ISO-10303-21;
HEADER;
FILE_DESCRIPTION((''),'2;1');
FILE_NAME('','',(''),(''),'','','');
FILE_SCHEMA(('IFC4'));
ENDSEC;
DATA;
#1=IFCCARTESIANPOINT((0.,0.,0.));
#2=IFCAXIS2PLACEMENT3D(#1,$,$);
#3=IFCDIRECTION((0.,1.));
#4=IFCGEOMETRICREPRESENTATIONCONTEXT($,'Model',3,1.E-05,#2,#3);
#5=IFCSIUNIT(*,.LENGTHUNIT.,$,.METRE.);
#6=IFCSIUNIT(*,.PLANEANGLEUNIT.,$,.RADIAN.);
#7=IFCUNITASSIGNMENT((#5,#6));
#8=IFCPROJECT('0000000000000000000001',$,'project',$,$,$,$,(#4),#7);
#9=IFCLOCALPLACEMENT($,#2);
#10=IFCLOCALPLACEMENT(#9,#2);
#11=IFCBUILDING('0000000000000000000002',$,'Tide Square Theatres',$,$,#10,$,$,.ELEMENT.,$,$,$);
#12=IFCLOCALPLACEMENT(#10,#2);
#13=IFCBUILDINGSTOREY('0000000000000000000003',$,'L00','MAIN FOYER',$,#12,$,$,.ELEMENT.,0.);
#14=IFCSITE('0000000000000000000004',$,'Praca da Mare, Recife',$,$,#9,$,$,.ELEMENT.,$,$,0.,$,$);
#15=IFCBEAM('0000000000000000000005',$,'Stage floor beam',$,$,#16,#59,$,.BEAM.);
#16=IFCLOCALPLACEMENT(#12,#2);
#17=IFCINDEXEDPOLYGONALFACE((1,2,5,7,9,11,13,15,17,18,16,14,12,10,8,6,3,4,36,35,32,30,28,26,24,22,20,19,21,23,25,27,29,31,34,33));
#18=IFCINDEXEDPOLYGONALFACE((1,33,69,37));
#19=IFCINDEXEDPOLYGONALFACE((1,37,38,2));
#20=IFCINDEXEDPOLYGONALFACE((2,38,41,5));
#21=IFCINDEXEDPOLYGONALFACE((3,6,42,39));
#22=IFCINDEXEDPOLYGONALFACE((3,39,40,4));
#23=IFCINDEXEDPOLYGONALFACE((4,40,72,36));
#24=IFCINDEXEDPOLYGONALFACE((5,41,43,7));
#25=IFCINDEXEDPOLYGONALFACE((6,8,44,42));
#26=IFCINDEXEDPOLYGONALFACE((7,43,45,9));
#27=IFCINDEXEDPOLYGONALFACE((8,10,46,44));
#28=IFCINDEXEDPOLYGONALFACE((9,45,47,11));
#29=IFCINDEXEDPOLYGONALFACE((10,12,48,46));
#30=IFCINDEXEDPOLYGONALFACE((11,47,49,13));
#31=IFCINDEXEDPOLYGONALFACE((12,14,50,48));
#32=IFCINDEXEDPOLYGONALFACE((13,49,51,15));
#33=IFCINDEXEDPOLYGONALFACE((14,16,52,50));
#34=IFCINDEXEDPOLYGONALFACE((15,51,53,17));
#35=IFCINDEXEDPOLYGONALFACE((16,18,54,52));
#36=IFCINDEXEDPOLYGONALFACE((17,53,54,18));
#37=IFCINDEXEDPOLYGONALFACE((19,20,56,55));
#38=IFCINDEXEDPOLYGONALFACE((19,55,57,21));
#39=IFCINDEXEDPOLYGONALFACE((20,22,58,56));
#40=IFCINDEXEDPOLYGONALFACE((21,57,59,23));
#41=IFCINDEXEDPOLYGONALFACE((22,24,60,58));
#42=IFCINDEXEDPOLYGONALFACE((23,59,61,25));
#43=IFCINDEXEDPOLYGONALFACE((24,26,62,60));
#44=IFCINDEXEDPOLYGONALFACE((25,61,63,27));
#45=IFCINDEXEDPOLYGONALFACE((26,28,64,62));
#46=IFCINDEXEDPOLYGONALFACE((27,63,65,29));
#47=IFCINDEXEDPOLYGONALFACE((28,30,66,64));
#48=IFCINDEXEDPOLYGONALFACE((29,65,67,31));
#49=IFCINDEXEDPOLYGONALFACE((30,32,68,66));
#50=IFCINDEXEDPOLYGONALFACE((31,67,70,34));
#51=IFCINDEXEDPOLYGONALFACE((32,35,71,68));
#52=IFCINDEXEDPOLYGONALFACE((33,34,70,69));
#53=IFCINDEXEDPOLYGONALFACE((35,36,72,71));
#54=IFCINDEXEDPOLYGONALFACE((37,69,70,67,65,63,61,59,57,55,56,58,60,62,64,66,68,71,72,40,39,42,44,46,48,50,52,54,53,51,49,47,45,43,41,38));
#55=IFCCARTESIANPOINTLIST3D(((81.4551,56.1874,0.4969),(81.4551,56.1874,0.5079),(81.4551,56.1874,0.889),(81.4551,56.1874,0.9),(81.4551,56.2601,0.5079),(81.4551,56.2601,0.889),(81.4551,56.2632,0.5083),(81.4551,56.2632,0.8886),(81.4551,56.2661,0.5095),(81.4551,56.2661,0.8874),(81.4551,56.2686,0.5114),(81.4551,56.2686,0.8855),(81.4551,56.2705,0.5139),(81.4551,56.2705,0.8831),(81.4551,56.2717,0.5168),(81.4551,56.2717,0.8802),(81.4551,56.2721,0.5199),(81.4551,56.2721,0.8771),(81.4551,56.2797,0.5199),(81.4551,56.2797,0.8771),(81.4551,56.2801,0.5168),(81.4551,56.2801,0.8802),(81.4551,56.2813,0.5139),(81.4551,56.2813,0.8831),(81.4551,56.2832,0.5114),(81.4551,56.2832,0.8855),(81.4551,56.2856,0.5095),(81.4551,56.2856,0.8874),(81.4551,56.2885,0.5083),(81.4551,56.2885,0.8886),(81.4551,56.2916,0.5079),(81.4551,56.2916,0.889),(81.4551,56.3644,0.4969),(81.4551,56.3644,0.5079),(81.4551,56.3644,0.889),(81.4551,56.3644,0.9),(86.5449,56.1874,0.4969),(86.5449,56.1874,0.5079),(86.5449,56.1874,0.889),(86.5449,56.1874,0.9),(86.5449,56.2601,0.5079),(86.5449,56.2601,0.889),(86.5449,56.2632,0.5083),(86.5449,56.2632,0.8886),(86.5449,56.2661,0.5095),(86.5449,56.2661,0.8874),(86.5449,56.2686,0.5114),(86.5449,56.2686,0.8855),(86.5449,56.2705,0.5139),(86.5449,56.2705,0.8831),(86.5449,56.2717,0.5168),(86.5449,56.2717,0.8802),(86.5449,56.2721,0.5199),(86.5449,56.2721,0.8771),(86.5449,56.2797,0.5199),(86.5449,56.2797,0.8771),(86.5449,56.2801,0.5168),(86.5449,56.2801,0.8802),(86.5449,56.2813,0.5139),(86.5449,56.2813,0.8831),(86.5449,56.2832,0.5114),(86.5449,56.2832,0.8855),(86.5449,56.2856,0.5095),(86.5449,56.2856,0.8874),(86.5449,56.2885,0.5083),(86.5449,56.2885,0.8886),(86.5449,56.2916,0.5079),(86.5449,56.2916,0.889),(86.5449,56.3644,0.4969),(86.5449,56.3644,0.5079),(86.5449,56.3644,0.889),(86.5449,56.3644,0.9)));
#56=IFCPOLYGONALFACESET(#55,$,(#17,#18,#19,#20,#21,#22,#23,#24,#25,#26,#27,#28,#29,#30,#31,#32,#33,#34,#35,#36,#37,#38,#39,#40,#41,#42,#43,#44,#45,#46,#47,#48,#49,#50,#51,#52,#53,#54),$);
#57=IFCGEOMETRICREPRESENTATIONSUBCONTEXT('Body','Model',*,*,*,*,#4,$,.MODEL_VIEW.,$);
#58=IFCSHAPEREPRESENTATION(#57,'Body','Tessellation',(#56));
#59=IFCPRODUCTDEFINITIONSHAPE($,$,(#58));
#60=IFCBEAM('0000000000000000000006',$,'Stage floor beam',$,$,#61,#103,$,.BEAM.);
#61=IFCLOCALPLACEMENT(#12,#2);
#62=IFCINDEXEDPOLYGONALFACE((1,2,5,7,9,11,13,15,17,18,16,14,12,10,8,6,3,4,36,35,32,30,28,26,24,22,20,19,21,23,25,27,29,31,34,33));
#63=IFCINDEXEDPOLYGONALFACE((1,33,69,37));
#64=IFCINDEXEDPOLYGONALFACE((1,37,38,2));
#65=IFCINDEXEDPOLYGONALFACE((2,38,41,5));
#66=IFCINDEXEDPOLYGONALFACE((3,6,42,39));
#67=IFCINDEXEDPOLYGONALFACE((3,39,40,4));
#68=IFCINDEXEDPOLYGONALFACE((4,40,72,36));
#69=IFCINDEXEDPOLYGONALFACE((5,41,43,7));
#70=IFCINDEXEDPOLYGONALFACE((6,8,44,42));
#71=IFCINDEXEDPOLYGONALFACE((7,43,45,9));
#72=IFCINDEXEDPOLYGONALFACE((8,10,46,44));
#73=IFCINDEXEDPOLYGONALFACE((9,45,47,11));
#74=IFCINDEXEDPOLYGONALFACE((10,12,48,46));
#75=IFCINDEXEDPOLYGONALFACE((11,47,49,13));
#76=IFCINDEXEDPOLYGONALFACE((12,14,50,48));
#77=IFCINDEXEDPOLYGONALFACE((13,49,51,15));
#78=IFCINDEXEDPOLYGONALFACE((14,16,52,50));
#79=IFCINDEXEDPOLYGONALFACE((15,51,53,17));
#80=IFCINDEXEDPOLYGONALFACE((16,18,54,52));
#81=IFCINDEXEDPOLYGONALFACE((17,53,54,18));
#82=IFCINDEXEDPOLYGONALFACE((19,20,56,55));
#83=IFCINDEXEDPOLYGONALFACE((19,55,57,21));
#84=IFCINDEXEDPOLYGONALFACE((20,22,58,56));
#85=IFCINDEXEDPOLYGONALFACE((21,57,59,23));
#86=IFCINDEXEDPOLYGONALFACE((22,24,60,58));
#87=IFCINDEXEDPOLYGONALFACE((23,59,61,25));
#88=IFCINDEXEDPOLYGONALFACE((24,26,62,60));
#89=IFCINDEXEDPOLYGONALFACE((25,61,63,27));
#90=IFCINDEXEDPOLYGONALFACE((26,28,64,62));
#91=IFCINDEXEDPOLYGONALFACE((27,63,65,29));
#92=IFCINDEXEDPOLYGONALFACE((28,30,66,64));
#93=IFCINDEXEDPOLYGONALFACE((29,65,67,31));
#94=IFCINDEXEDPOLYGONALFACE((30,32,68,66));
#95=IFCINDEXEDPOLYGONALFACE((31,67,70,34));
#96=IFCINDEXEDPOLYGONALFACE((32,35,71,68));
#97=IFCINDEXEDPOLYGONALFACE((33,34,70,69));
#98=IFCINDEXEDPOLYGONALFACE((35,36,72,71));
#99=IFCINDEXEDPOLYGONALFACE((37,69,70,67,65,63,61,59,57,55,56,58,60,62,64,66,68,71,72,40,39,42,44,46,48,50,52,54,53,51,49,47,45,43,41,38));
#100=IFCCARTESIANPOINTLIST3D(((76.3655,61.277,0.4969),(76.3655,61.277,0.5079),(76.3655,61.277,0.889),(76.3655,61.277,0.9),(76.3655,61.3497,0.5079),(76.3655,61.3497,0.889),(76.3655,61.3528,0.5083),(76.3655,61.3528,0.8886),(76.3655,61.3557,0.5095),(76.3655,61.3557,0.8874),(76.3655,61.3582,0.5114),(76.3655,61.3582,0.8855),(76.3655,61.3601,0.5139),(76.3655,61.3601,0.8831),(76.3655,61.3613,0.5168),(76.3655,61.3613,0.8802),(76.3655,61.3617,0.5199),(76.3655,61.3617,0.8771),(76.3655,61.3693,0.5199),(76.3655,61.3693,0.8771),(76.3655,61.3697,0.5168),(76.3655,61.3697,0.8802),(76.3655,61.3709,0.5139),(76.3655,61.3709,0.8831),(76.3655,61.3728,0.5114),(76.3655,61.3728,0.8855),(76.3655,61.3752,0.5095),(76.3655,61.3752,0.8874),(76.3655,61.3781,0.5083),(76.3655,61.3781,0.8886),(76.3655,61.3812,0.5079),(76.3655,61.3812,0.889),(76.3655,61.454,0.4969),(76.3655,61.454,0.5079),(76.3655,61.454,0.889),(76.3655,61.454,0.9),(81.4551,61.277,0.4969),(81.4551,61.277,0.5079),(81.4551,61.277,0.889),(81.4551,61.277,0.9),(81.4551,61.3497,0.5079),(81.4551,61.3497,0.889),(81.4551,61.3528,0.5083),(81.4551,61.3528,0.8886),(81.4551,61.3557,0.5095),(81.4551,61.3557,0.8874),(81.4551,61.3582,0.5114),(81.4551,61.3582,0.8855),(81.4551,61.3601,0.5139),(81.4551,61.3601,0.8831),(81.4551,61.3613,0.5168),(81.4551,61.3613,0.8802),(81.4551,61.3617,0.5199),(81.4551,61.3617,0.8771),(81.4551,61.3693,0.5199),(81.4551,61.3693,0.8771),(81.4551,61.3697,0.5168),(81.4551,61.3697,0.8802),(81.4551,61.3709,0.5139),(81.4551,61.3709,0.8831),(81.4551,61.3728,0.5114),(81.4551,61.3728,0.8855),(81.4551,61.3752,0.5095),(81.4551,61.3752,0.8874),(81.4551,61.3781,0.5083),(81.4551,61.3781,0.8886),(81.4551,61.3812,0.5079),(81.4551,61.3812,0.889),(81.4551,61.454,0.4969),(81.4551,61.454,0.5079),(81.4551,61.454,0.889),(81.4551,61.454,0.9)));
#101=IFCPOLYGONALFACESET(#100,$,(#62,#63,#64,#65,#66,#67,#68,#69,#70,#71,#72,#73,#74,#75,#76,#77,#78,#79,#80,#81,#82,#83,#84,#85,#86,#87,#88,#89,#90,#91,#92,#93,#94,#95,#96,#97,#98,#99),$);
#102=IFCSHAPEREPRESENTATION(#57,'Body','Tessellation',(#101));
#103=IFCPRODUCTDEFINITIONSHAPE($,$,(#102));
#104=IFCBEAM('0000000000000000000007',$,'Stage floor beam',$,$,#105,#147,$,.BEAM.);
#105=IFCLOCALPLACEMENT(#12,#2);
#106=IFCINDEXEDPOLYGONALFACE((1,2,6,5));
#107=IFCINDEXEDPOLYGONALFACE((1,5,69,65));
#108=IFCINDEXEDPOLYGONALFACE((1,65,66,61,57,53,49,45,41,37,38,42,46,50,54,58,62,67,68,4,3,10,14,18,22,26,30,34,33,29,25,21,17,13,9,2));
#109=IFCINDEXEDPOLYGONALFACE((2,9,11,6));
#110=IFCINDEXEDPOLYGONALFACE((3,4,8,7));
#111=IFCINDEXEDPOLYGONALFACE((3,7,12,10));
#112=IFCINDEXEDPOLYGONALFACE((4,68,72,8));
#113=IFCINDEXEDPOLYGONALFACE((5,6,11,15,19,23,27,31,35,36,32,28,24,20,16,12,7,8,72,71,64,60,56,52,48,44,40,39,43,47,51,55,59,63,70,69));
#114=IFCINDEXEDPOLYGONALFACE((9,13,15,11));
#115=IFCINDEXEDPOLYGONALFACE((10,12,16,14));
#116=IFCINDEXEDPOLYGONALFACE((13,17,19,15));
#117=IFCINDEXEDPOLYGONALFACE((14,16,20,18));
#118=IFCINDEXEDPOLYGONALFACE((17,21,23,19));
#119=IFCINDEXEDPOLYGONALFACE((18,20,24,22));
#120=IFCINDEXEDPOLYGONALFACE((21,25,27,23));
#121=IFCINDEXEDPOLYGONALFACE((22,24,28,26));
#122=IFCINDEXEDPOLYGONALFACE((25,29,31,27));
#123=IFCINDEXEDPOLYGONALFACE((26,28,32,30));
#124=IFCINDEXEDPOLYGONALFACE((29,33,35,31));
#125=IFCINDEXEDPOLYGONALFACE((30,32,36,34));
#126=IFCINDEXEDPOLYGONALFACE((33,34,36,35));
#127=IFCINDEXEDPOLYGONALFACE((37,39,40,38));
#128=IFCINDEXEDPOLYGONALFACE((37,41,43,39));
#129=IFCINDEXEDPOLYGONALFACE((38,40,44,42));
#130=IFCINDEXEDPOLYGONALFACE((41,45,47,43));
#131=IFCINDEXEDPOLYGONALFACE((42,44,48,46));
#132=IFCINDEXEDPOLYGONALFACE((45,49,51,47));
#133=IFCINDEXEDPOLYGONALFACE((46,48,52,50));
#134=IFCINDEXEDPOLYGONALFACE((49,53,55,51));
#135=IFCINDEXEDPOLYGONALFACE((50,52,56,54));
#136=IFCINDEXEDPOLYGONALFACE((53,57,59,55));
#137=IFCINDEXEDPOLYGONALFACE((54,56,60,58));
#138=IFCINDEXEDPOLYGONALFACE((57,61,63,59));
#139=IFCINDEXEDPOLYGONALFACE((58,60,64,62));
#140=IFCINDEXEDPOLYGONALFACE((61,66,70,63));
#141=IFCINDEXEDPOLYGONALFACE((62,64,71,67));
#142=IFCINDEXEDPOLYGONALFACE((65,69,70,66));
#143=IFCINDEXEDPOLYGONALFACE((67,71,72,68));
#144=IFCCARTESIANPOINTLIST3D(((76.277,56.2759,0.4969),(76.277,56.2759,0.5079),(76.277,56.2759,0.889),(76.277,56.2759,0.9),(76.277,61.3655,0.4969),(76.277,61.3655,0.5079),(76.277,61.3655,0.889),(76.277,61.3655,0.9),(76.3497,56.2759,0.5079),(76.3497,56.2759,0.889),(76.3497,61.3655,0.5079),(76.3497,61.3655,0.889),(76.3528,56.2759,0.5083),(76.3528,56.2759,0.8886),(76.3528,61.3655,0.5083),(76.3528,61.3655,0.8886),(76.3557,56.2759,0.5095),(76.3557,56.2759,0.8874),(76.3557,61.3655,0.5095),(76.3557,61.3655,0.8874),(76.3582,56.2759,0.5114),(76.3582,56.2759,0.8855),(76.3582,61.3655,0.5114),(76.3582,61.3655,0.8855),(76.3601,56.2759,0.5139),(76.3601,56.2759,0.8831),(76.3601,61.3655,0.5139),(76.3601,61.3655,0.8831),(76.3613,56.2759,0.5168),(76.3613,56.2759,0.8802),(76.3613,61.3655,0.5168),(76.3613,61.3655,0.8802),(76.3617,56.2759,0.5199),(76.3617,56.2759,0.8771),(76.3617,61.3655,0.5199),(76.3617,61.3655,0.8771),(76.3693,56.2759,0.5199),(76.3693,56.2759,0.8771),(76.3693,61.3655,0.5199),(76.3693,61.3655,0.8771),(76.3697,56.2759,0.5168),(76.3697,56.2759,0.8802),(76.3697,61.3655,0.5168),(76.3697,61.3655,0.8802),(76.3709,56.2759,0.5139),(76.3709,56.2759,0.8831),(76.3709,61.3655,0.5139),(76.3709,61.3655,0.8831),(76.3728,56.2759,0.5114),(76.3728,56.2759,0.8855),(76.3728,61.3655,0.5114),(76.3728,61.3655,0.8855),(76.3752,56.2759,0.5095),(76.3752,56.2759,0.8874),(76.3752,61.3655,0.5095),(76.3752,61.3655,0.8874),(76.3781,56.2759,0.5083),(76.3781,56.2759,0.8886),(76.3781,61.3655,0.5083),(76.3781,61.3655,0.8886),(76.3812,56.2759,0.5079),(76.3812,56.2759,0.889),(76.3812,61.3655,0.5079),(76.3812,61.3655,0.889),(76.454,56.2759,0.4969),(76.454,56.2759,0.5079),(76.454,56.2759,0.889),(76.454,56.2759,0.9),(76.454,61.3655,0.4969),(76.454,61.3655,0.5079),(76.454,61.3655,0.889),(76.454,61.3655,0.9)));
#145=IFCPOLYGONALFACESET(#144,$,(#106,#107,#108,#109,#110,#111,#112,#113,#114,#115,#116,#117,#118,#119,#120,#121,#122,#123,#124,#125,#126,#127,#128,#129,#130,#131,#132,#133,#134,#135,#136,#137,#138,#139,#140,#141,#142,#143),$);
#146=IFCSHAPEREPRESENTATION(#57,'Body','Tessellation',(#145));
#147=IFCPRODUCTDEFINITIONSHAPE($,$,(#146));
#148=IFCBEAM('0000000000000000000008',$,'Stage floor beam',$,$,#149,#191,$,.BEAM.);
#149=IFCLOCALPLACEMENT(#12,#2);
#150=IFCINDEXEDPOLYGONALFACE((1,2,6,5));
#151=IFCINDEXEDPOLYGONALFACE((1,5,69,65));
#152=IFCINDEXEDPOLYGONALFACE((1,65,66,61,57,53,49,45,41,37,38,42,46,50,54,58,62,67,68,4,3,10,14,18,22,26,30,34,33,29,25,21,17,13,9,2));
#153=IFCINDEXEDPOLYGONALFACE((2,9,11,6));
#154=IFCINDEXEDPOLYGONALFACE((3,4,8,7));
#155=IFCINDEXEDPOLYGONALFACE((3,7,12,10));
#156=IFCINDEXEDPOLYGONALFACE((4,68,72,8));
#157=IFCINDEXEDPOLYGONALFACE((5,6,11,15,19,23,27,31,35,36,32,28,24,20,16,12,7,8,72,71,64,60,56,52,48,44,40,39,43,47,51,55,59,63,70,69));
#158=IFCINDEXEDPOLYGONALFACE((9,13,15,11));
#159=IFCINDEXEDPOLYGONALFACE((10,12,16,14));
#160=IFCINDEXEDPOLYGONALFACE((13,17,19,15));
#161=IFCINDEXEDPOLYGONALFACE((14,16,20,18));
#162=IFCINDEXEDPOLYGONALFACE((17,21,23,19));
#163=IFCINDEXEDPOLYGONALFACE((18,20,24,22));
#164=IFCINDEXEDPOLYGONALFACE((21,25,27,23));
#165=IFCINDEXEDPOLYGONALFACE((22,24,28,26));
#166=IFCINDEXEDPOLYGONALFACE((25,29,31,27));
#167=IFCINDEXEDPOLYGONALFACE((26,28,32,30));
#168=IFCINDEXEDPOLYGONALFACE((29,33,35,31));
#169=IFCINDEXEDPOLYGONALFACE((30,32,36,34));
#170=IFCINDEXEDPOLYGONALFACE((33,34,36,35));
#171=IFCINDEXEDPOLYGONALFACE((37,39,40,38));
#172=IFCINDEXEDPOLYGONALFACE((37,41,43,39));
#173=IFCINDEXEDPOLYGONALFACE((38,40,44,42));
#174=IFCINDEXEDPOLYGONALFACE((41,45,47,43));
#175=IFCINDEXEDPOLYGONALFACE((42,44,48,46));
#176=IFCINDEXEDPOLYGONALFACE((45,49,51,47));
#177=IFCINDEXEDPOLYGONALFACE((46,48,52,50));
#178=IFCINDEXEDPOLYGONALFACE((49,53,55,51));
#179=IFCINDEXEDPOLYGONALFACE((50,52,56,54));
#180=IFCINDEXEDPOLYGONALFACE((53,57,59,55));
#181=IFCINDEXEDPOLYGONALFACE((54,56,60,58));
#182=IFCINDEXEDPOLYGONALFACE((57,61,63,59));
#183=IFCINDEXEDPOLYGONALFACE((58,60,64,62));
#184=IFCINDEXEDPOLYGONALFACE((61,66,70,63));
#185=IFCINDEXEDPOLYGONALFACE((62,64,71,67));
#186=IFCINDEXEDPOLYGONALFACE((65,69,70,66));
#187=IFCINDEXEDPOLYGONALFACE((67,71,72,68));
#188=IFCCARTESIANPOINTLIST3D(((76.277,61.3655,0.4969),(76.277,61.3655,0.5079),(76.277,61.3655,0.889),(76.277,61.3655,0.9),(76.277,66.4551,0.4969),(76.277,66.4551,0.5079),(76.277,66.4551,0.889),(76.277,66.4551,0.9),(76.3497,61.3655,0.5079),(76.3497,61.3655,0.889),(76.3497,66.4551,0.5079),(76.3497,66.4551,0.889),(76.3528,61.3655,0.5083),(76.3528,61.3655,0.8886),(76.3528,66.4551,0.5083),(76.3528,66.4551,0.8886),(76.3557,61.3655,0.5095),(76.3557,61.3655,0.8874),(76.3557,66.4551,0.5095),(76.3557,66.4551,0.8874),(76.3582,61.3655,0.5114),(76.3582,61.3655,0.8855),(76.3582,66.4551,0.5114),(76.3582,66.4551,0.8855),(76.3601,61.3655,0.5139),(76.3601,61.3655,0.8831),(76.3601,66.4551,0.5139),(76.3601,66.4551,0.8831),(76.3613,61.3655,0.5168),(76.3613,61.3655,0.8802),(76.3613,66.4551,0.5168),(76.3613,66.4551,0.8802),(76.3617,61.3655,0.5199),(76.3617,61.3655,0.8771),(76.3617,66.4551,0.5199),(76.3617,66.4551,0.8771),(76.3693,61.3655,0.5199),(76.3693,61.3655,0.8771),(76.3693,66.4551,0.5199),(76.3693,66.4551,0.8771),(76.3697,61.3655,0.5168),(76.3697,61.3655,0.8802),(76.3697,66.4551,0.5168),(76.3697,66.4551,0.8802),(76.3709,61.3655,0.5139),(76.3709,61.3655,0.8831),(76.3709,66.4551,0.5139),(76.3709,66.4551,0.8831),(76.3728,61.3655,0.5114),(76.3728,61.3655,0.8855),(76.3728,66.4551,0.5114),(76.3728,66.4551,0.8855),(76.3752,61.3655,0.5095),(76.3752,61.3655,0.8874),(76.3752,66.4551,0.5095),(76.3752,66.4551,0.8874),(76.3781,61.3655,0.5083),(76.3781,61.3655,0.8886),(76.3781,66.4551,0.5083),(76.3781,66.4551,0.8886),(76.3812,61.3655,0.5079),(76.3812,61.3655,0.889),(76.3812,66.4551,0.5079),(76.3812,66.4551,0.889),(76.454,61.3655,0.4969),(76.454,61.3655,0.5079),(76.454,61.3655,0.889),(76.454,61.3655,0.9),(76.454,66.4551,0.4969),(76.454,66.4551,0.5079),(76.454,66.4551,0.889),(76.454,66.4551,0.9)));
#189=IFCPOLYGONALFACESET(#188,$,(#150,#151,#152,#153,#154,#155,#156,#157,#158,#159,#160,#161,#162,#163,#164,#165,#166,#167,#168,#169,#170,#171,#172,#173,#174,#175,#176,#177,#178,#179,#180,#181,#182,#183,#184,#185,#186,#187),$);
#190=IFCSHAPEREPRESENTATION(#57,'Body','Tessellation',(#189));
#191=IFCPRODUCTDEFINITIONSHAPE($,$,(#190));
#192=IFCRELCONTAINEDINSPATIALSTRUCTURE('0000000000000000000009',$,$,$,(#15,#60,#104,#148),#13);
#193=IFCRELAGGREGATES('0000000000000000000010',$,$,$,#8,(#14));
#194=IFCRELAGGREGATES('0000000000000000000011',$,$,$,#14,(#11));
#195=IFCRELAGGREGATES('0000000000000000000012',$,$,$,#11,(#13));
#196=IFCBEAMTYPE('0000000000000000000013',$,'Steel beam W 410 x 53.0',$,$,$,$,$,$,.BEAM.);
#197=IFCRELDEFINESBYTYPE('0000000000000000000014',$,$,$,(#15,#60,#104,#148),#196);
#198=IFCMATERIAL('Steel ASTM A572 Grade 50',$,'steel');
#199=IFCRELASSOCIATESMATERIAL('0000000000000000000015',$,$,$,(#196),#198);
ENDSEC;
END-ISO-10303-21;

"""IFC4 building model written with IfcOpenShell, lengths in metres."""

from ifc_helpers import new_model, si_unit, direction, frame, origin, origin_2d, place, context, subcontext, project, spatial, i_section, extrude, material, material_profile, profile_set, type_object, element, save


model = new_model("IFC4")

# Units and contexts
model_context = context("Model", 3, precision=1e-05, world=origin(), true_north=direction((0.0, 1.0)))
body_context = subcontext(model_context, "Body", "Model", "MODEL_VIEW")
ifc_project = project(units=[si_unit("LENGTHUNIT", "METRE"), si_unit("PLANEANGLEUNIT", "RADIAN")], contexts=[model_context])

# Site, building, storey
site_placement = place(None, origin())
site = spatial("IfcSite", under=ifc_project, at=site_placement, Name="Praca da Mare, Recife", CompositionType="ELEMENT", RefElevation=0.0)
building_placement = place(site_placement, origin())
building = spatial("IfcBuilding", under=site, at=building_placement, Name="Tide Square Theatres", CompositionType="ELEMENT")
storey_placement = place(building_placement, origin())
storey = spatial("IfcBuildingStorey", under=building, at=storey_placement, Name="L00", Description="MAIN FOYER", CompositionType="ELEMENT", Elevation=0.0)

# Beams
ifc_material_1 = material(Name="Steel ASTM A572 Grade 50", Category="steel")
ifc_material_profile_1 = material_profile(ifc_material_1, i_section(OverallWidth=0.177, OverallDepth=0.4031, WebThickness=0.0076, FlangeThickness=0.011, FilletRadius=0.012, at=origin_2d()))
ifc_profile_set_1 = profile_set([ifc_material_profile_1], Name="Steel ASTM A572 Grade 50")
beam_type = type_object("IfcBeamType", Name="Steel beam W 410 x 53.0", PredefinedType="BEAM", material=ifc_profile_set_1)
beam_1_placement = place(storey_placement, frame((81.4551, 56.2759, 0.6985), z_axis=(1.0, 0.0, 0.0), x_axis=(0.0, 1.0, 0.0)))
element("IfcBeam", 1, at=beam_1_placement, inside=storey, type_object=beam_type, Name="Stage floor beam", PredefinedType="BEAM", context=body_context, shape_type="SweptSolid", body=[
    extrude(i_section(OverallWidth=0.177, OverallDepth=0.4031, WebThickness=0.0076, FlangeThickness=0.011, FilletRadius=0.012, at=origin_2d()), origin(), (0.0, 0.0, 1.0), 5.0898),
])
for number, where, z_axis, x_axis, name in (
    (2, (76.3655, 61.3655, 0.6985), (1.0, 0.0, 0.0), (0.0, 1.0, 0.0), "Stage floor beam"),
    (3, (76.3655, 56.2759, 0.6985), (0.0, 1.0, 0.0), (-1.0, 0.0, 0.0), "Stage floor beam"),
    (4, (76.3655, 61.3655, 0.6985), (0.0, 1.0, 0.0), (-1.0, 0.0, 0.0), "Stage floor beam"),
):
    element("IfcBeam", number, at=place(storey_placement, frame(where, z_axis=z_axis, x_axis=x_axis)), inside=storey, type_object=beam_type, Name=name, PredefinedType="BEAM", context=body_context, shape_type="SweptSolid", body=[
        extrude(i_section(OverallWidth=0.177, OverallDepth=0.4031, WebThickness=0.0076, FlangeThickness=0.011, FilletRadius=0.012, at=origin_2d()), origin(), (0.0, 0.0, 1.0), 5.0896),
    ])

save(model, "model.ifc")
